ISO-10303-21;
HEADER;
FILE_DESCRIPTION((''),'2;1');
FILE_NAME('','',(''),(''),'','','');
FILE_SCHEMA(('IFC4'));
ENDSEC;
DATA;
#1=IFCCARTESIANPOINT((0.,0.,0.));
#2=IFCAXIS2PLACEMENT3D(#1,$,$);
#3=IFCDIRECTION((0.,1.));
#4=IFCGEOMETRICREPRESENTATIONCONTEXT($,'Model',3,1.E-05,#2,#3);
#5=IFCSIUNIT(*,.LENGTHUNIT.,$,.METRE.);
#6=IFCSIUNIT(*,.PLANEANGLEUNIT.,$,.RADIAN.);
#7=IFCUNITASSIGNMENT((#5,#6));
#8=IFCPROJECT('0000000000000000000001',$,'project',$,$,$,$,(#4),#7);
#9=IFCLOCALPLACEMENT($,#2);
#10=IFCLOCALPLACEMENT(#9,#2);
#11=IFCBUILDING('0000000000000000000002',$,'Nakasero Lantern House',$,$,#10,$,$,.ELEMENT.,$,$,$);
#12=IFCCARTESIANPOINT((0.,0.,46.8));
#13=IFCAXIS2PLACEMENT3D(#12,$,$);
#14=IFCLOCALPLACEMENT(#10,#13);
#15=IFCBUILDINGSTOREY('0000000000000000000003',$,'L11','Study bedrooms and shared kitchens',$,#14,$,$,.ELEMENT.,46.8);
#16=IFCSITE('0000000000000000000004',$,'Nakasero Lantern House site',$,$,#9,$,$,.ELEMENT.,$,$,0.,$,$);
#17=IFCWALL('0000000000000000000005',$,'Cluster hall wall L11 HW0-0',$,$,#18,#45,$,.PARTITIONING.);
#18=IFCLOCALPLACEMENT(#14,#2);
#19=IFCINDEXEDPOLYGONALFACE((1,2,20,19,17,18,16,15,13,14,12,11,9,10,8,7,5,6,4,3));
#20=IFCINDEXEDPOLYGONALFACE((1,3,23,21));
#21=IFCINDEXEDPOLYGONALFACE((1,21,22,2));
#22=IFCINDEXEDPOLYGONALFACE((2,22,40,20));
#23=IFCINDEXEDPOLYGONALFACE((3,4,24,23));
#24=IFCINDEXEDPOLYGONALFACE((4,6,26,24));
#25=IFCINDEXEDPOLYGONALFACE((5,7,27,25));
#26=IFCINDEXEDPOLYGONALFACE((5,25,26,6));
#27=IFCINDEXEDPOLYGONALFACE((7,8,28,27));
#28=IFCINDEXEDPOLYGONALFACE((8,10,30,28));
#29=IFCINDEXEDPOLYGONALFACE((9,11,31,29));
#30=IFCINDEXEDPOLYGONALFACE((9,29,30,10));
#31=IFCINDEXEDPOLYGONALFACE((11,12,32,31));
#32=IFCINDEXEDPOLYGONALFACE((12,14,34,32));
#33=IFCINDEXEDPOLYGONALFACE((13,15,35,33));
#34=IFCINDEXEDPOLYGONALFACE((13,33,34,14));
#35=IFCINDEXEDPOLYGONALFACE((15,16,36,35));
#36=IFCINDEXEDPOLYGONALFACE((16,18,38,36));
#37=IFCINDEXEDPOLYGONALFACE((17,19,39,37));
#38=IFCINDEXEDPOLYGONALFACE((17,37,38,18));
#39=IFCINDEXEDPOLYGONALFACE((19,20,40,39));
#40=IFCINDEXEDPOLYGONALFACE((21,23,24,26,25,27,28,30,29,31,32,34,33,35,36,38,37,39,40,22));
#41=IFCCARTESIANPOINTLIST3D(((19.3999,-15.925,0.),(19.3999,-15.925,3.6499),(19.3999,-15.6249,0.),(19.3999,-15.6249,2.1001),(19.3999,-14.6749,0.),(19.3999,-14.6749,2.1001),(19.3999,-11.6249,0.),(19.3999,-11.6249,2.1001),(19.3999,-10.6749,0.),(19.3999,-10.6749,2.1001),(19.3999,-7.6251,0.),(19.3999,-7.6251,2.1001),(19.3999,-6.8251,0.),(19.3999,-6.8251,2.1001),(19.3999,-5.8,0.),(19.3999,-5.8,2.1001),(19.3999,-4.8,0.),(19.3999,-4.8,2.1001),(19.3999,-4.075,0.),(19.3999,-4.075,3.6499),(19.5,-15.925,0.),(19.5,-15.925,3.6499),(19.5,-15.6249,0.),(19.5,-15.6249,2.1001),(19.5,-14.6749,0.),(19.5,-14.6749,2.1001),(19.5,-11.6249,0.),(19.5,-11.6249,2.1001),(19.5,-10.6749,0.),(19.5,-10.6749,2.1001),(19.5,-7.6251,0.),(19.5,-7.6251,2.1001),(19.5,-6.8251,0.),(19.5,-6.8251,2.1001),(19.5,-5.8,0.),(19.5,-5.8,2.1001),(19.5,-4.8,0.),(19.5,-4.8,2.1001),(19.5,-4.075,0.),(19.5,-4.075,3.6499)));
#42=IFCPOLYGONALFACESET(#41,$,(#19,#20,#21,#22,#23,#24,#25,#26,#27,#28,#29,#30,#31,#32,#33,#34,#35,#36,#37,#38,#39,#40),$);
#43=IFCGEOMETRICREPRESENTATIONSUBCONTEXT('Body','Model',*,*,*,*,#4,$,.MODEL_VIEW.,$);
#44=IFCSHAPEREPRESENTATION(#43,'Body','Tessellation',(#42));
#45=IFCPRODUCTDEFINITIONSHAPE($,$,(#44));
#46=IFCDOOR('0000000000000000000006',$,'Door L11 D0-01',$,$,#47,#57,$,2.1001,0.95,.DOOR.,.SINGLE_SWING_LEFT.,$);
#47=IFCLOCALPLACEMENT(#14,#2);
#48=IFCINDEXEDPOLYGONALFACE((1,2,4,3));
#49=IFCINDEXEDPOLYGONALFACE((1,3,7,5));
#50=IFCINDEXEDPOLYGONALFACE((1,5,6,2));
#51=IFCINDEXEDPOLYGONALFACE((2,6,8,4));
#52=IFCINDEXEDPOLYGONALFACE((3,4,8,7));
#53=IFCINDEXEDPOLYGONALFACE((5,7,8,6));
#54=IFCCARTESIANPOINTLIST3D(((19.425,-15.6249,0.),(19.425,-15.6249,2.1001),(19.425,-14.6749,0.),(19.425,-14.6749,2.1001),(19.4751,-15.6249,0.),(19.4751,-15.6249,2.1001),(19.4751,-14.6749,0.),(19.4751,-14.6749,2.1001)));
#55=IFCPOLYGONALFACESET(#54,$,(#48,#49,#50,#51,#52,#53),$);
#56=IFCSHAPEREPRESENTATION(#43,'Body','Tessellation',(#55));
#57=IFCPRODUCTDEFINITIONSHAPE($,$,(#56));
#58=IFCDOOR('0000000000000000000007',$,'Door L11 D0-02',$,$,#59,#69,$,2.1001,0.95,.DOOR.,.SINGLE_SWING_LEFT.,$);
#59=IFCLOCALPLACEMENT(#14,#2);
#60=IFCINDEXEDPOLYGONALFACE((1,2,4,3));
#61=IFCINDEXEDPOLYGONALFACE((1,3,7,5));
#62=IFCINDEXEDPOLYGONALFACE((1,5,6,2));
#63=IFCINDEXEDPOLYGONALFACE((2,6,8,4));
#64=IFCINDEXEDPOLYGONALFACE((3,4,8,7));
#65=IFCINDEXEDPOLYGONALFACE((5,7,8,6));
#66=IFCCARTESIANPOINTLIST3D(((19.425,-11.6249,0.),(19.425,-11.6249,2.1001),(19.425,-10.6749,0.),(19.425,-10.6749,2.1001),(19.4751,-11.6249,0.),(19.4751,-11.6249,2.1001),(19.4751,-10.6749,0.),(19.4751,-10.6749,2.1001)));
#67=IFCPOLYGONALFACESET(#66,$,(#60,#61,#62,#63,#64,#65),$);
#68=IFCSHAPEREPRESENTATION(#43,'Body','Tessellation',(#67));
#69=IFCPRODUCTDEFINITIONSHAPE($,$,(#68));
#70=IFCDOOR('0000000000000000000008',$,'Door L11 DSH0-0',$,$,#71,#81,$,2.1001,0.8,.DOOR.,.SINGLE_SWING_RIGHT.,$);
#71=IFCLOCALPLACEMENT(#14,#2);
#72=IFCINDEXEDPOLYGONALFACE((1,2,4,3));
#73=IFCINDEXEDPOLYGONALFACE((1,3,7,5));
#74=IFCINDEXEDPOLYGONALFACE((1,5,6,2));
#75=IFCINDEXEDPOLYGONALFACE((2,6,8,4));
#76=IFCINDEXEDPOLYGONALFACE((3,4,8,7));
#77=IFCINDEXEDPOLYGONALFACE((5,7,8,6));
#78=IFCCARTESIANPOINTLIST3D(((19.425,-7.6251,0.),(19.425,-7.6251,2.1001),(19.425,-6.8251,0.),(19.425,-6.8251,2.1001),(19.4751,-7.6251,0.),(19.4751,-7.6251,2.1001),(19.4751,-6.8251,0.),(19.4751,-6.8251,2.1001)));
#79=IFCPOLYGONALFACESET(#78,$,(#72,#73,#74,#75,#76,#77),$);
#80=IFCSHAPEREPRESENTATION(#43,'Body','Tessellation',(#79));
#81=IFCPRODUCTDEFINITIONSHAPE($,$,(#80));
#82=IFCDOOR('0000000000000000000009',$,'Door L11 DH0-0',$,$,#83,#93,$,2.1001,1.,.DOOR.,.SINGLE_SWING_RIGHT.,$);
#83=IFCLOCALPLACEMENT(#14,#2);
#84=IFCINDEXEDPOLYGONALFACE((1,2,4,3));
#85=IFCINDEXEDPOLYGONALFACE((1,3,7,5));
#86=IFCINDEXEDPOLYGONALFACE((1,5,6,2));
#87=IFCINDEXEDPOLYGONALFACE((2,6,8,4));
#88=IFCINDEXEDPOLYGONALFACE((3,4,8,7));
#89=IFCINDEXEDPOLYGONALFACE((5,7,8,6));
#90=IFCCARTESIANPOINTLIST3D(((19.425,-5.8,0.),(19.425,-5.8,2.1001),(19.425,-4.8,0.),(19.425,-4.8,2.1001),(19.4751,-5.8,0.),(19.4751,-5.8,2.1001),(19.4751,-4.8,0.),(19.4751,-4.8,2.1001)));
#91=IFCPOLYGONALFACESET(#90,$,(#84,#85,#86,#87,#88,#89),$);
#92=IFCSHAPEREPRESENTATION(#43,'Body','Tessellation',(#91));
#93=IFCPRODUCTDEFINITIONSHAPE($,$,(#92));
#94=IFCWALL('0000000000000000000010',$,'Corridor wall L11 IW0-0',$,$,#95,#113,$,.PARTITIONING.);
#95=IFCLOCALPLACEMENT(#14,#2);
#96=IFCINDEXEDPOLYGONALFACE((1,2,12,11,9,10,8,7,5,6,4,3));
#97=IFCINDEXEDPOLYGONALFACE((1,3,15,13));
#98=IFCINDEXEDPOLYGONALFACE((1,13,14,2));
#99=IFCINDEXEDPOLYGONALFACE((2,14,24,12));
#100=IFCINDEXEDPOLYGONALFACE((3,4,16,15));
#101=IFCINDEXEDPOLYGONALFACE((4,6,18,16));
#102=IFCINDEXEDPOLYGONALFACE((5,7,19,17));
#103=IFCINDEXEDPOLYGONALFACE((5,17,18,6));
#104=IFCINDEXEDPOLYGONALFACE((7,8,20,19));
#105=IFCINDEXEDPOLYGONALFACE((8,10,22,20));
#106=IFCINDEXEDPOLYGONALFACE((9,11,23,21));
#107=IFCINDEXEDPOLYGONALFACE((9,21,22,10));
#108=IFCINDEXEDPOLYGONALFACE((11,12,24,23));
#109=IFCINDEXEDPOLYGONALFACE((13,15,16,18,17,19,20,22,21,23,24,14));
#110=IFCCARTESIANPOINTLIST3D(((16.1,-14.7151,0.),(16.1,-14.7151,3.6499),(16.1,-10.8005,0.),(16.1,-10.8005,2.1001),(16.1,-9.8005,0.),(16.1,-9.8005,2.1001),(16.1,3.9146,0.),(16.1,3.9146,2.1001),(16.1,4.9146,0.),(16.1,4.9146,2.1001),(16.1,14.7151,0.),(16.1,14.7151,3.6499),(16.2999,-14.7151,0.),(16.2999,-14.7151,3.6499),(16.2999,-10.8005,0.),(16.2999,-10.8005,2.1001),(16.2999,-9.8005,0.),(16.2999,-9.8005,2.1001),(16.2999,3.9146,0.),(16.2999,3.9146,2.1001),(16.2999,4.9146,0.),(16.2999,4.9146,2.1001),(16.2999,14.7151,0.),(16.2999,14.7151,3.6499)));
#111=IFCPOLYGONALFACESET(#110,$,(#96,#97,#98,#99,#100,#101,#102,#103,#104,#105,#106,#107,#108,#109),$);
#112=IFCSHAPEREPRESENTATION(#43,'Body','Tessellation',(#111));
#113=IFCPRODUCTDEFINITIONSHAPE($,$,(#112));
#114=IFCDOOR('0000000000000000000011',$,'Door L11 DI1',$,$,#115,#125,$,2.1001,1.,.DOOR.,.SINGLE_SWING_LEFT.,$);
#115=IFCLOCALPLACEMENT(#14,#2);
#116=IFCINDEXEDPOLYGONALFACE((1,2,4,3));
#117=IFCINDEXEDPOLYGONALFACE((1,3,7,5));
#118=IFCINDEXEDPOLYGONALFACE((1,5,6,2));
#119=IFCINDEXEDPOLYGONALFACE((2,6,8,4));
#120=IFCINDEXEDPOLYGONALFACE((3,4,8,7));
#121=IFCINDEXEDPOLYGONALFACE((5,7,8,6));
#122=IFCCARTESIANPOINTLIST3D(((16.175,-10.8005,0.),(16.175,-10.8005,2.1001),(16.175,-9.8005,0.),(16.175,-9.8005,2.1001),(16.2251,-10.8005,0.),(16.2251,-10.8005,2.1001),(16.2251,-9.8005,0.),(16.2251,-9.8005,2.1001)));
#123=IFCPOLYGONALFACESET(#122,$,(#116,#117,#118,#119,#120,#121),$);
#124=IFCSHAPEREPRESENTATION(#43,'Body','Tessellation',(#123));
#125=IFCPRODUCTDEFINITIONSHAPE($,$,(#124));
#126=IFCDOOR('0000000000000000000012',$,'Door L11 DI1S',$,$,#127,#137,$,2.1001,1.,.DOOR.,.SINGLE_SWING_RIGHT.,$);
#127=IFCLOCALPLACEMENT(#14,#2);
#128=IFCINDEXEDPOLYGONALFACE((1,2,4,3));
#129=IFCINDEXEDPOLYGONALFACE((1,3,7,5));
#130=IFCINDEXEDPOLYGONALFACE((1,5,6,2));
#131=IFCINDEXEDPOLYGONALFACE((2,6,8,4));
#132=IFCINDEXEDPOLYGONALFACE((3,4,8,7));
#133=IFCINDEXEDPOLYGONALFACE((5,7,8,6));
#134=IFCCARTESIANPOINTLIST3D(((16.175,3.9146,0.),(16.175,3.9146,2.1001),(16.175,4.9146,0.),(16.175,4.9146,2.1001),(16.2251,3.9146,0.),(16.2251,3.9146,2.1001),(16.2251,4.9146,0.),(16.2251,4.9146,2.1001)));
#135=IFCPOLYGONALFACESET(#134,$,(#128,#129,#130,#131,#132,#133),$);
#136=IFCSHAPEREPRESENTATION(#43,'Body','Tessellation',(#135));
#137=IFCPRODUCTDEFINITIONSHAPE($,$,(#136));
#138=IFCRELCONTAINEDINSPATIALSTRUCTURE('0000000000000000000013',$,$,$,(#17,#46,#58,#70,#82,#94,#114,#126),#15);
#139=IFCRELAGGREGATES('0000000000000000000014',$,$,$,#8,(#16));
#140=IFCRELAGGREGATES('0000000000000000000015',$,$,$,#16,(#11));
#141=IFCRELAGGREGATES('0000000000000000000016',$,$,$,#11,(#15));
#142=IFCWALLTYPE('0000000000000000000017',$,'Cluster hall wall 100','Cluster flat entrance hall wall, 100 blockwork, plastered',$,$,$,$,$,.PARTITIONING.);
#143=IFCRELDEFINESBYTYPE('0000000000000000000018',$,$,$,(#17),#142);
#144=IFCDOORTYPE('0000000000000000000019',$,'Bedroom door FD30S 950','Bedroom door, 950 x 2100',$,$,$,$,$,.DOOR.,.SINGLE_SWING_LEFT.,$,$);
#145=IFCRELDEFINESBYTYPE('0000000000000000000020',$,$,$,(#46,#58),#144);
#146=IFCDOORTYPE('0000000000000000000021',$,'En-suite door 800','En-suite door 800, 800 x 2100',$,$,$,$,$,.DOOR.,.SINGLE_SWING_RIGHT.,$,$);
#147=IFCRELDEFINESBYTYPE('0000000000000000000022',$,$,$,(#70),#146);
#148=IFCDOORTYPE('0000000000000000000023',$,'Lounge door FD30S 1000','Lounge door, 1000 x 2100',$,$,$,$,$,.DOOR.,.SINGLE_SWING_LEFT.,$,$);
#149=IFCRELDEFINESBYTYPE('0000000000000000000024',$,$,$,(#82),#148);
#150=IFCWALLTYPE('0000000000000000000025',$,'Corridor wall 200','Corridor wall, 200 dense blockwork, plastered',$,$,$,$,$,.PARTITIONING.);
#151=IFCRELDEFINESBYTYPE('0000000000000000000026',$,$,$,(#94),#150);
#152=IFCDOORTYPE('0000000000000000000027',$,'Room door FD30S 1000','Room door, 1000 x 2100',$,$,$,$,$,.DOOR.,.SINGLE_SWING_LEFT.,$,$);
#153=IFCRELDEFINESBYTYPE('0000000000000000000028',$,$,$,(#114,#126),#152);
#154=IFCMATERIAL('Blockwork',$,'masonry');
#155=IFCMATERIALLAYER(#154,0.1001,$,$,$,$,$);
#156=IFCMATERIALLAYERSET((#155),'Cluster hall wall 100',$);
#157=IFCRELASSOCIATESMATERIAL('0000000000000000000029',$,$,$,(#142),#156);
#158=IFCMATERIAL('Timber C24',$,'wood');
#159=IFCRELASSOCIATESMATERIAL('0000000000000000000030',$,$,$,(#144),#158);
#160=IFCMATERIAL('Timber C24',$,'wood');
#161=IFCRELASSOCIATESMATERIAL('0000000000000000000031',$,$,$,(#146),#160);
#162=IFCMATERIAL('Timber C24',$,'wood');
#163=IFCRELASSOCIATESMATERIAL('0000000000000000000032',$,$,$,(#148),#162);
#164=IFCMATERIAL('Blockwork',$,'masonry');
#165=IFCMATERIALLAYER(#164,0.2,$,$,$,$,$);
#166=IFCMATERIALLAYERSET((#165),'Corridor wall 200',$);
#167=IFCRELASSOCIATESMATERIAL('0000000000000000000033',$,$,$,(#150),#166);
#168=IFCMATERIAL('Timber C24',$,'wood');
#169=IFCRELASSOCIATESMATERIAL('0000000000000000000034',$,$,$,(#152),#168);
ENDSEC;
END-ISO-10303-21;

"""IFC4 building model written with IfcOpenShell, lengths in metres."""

from ifc_helpers import new_model, si_unit, direction, frame, frame_2d, origin, place, context, subcontext, project, spatial, rectangle, extrude, material, layer, layer_set, type_object, element, fill, save


model = new_model("IFC4")

# Units and contexts
model_context = context("Model", 3, precision=1e-05, world=origin(), true_north=direction((0.0, 1.0)))
body_context = subcontext(model_context, "Body", "Model", "MODEL_VIEW")
ifc_project = project(units=[si_unit("LENGTHUNIT", "METRE"), si_unit("PLANEANGLEUNIT", "RADIAN")], contexts=[model_context])

# Site, building, storey
site_placement = place(None, origin())
site = spatial("IfcSite", under=ifc_project, at=site_placement, Name="Nakasero Lantern House site", CompositionType="ELEMENT", RefElevation=0.0)
building_placement = place(site_placement, origin())
building = spatial("IfcBuilding", under=site, at=building_placement, Name="Nakasero Lantern House", CompositionType="ELEMENT")
storey_placement = place(building_placement, frame((0.0, 0.0, 46.8)))
storey = spatial("IfcBuildingStorey", under=building, at=storey_placement, Name="L11", Description="Study bedrooms and shared kitchens", CompositionType="ELEMENT", Elevation=46.8)

# Walls, openings, doors
ifc_material_1 = material(Name="Blockwork", Category="masonry")
ifc_layer_1 = layer(ifc_material_1, 0.1001)
ifc_layer_set_1 = layer_set([ifc_layer_1], Name="Cluster hall wall 100")
wall_type_1 = type_object("IfcWallType", Name="Cluster hall wall 100", Description="Cluster flat entrance hall wall, 100 blockwork, plastered", PredefinedType="PARTITIONING", material=ifc_layer_set_1)
wall_1_placement = place(storey_placement, frame((19.45, -15.925, 0.0), z_axis=(0.0, 0.0, 1.0), x_axis=(0.0, 1.0, 0.0)))
wall_1 = element("IfcWall", 1, at=wall_1_placement, inside=storey, type_object=wall_type_1, Name="Cluster hall wall L11 HW0-0", PredefinedType="PARTITIONING", context=body_context, shape_type="SweptSolid", body=[
    extrude(rectangle(XDim=11.8501, YDim=0.1001, at=frame_2d((5.925, 0.0))), origin(), (0.0, 0.0, 1.0), 3.6499),
])
opening_1_placement = place(wall_1_placement, frame((10.125, 0.0, 0.0)))
opening_1 = element("IfcOpeningElement", 2, at=opening_1_placement, cuts=wall_1, PredefinedType="OPENING", context=body_context, shape_type="SweptSolid", body=[
    extrude(rectangle(XDim=1.0, YDim=2.1001, at=frame_2d((0.5, 1.05))), frame((0.0, 0.0701, 0.0), z_axis=(0.0, -1.0, 0.0), x_axis=(1.0, 0.0, 0.0)), (0.0, 0.0, 1.0), 0.1401),
])
opening_2_placement = place(wall_1_placement, frame((8.3, 0.0, 0.0)))
opening_2 = element("IfcOpeningElement", 3, at=opening_2_placement, cuts=wall_1, PredefinedType="OPENING", context=body_context, shape_type="SweptSolid", body=[
    extrude(rectangle(XDim=0.8, YDim=2.1001, at=frame_2d((0.3999, 1.05))), frame((0.0, 0.0701, 0.0), z_axis=(0.0, -1.0, 0.0), x_axis=(1.0, 0.0, 0.0)), (0.0, 0.0, 1.0), 0.1401),
])
opening_3_placement = place(wall_1_placement, frame((0.3, 0.0, 0.0)))
opening_3 = element("IfcOpeningElement", 4, at=opening_3_placement, cuts=wall_1, PredefinedType="OPENING", context=body_context, shape_type="SweptSolid", body=[
    extrude(rectangle(XDim=0.95, YDim=2.1001, at=frame_2d((0.4751, 1.05))), frame((0.0, 0.0701, 0.0), z_axis=(0.0, -1.0, 0.0), x_axis=(1.0, 0.0, 0.0)), (0.0, 0.0, 1.0), 0.1401),
])
opening_4_placement = place(wall_1_placement, frame((4.3, 0.0, 0.0)))
opening_4 = element("IfcOpeningElement", 5, at=opening_4_placement, cuts=wall_1, PredefinedType="OPENING", context=body_context, shape_type="SweptSolid", body=[
    extrude(rectangle(XDim=0.95, YDim=2.1001, at=frame_2d((0.4751, 1.05))), frame((0.0, 0.0701, 0.0), z_axis=(0.0, -1.0, 0.0), x_axis=(1.0, 0.0, 0.0)), (0.0, 0.0, 1.0), 0.1401),
])
ifc_material_2 = material(Name="Timber C24", Category="wood")
door_type_1 = type_object("IfcDoorType", Name="Bedroom door FD30S 950", Description="Bedroom door, 950 x 2100", OperationType="SINGLE_SWING_LEFT", PredefinedType="DOOR", material=ifc_material_2)
door_1_placement = place(opening_3_placement, origin())
door_1 = element("IfcDoor", 6, at=door_1_placement, inside=storey, type_object=door_type_1, Name="Door L11 D0-01", OperationType="SINGLE_SWING_LEFT", OverallHeight=2.1001, OverallWidth=0.95, PredefinedType="DOOR", context=body_context, shape_type="SweptSolid", body=[
    extrude(rectangle(XDim=0.95, YDim=2.1001, at=frame_2d((0.4751, 1.05))), frame((0.0, 0.0249, 0.0), z_axis=(0.0, -1.0, 0.0), x_axis=(1.0, 0.0, 0.0)), (0.0, 0.0, 1.0), 0.05),
])
fill(opening_3, door_1)
door_2_placement = place(opening_4_placement, origin())
door_2 = element("IfcDoor", 7, at=door_2_placement, inside=storey, type_object=door_type_1, Name="Door L11 D0-02", OperationType="SINGLE_SWING_LEFT", OverallHeight=2.1001, OverallWidth=0.95, PredefinedType="DOOR", context=body_context, shape_type="SweptSolid", body=[
    extrude(rectangle(XDim=0.95, YDim=2.1001, at=frame_2d((0.4751, 1.05))), frame((0.0, 0.0249, 0.0), z_axis=(0.0, -1.0, 0.0), x_axis=(1.0, 0.0, 0.0)), (0.0, 0.0, 1.0), 0.05),
])
fill(opening_4, door_2)
ifc_material_3 = material(Name="Timber C24", Category="wood")
door_type_2 = type_object("IfcDoorType", Name="En-suite door 800", Description="En-suite door 800, 800 x 2100", OperationType="SINGLE_SWING_RIGHT", PredefinedType="DOOR", material=ifc_material_3)
door_3_placement = place(opening_2_placement, origin())
door_3 = element("IfcDoor", 8, at=door_3_placement, inside=storey, type_object=door_type_2, Name="Door L11 DSH0-0", OperationType="SINGLE_SWING_RIGHT", OverallHeight=2.1001, OverallWidth=0.8, PredefinedType="DOOR", context=body_context, shape_type="SweptSolid", body=[
    extrude(rectangle(XDim=0.8, YDim=2.1001, at=frame_2d((0.3999, 1.05))), frame((0.0, 0.0249, 0.0), z_axis=(0.0, -1.0, 0.0), x_axis=(1.0, 0.0, 0.0)), (0.0, 0.0, 1.0), 0.05),
])
fill(opening_2, door_3)
ifc_material_4 = material(Name="Timber C24", Category="wood")
door_type_3 = type_object("IfcDoorType", Name="Lounge door FD30S 1000", Description="Lounge door, 1000 x 2100", OperationType="SINGLE_SWING_LEFT", PredefinedType="DOOR", material=ifc_material_4)
door_4_placement = place(opening_1_placement, origin())
door_4 = element("IfcDoor", 9, at=door_4_placement, inside=storey, type_object=door_type_3, Name="Door L11 DH0-0", OperationType="SINGLE_SWING_RIGHT", OverallHeight=2.1001, OverallWidth=1.0, PredefinedType="DOOR", context=body_context, shape_type="SweptSolid", body=[
    extrude(rectangle(XDim=1.0, YDim=2.1001, at=frame_2d((0.5, 1.05))), frame((0.0, 0.0249, 0.0), z_axis=(0.0, -1.0, 0.0), x_axis=(1.0, 0.0, 0.0)), (0.0, 0.0, 1.0), 0.05),
])
fill(opening_1, door_4)
ifc_material_5 = material(Name="Blockwork", Category="masonry")
ifc_layer_2 = layer(ifc_material_5, 0.2)
ifc_layer_set_2 = layer_set([ifc_layer_2], Name="Corridor wall 200")
wall_type_2 = type_object("IfcWallType", Name="Corridor wall 200", Description="Corridor wall, 200 dense blockwork, plastered", PredefinedType="PARTITIONING", material=ifc_layer_set_2)
wall_2_placement = place(storey_placement, frame((16.2, -14.7151, 0.0), z_axis=(0.0, 0.0, 1.0), x_axis=(0.0, 1.0, 0.0)))
wall_2 = element("IfcWall", 10, at=wall_2_placement, inside=storey, type_object=wall_type_2, Name="Corridor wall L11 IW0-0", PredefinedType="PARTITIONING", context=body_context, shape_type="SweptSolid", body=[
    extrude(rectangle(XDim=29.4302, YDim=0.2, at=frame_2d((14.7151, 0.0))), origin(), (0.0, 0.0, 1.0), 3.6499),
])
opening_5_placement = place(wall_2_placement, frame((3.9146, 0.0, 0.0)))
opening_5 = element("IfcOpeningElement", 11, at=opening_5_placement, cuts=wall_2, PredefinedType="OPENING", context=body_context, shape_type="SweptSolid", body=[
    extrude(rectangle(XDim=1.0, YDim=2.1001, at=frame_2d((0.5, 1.05))), frame((0.0, 0.1199, 0.0), z_axis=(0.0, -1.0, 0.0), x_axis=(1.0, 0.0, 0.0)), (0.0, 0.0, 1.0), 0.24),
])
opening_6_placement = place(wall_2_placement, frame((18.6296, 0.0, 0.0)))
opening_6 = element("IfcOpeningElement", 12, at=opening_6_placement, cuts=wall_2, PredefinedType="OPENING", context=body_context, shape_type="SweptSolid", body=[
    extrude(rectangle(XDim=1.0, YDim=2.1001, at=frame_2d((0.5, 1.05))), frame((0.0, 0.1199, 0.0), z_axis=(0.0, -1.0, 0.0), x_axis=(1.0, 0.0, 0.0)), (0.0, 0.0, 1.0), 0.24),
])
ifc_material_6 = material(Name="Timber C24", Category="wood")
door_type_4 = type_object("IfcDoorType", Name="Room door FD30S 1000", Description="Room door, 1000 x 2100", OperationType="SINGLE_SWING_LEFT", PredefinedType="DOOR", material=ifc_material_6)
door_5_placement = place(opening_5_placement, origin())
door_5 = element("IfcDoor", 13, at=door_5_placement, inside=storey, type_object=door_type_4, Name="Door L11 DI1", OperationType="SINGLE_SWING_LEFT", OverallHeight=2.1001, OverallWidth=1.0, PredefinedType="DOOR", context=body_context, shape_type="SweptSolid", body=[
    extrude(rectangle(XDim=1.0, YDim=2.1001, at=frame_2d((0.5, 1.05))), frame((0.0, 0.0249, 0.0), z_axis=(0.0, -1.0, 0.0), x_axis=(1.0, 0.0, 0.0)), (0.0, 0.0, 1.0), 0.05),
])
fill(opening_5, door_5)
door_6_placement = place(opening_6_placement, origin())
door_6 = element("IfcDoor", 14, at=door_6_placement, inside=storey, type_object=door_type_4, Name="Door L11 DI1S", OperationType="SINGLE_SWING_RIGHT", OverallHeight=2.1001, OverallWidth=1.0, PredefinedType="DOOR", context=body_context, shape_type="SweptSolid", body=[
    extrude(rectangle(XDim=1.0, YDim=2.1001, at=frame_2d((0.5, 1.05))), frame((0.0, 0.0249, 0.0), z_axis=(0.0, -1.0, 0.0), x_axis=(1.0, 0.0, 0.0)), (0.0, 0.0, 1.0), 0.05),
])
fill(opening_6, door_6)

save(model, "model.ifc")
